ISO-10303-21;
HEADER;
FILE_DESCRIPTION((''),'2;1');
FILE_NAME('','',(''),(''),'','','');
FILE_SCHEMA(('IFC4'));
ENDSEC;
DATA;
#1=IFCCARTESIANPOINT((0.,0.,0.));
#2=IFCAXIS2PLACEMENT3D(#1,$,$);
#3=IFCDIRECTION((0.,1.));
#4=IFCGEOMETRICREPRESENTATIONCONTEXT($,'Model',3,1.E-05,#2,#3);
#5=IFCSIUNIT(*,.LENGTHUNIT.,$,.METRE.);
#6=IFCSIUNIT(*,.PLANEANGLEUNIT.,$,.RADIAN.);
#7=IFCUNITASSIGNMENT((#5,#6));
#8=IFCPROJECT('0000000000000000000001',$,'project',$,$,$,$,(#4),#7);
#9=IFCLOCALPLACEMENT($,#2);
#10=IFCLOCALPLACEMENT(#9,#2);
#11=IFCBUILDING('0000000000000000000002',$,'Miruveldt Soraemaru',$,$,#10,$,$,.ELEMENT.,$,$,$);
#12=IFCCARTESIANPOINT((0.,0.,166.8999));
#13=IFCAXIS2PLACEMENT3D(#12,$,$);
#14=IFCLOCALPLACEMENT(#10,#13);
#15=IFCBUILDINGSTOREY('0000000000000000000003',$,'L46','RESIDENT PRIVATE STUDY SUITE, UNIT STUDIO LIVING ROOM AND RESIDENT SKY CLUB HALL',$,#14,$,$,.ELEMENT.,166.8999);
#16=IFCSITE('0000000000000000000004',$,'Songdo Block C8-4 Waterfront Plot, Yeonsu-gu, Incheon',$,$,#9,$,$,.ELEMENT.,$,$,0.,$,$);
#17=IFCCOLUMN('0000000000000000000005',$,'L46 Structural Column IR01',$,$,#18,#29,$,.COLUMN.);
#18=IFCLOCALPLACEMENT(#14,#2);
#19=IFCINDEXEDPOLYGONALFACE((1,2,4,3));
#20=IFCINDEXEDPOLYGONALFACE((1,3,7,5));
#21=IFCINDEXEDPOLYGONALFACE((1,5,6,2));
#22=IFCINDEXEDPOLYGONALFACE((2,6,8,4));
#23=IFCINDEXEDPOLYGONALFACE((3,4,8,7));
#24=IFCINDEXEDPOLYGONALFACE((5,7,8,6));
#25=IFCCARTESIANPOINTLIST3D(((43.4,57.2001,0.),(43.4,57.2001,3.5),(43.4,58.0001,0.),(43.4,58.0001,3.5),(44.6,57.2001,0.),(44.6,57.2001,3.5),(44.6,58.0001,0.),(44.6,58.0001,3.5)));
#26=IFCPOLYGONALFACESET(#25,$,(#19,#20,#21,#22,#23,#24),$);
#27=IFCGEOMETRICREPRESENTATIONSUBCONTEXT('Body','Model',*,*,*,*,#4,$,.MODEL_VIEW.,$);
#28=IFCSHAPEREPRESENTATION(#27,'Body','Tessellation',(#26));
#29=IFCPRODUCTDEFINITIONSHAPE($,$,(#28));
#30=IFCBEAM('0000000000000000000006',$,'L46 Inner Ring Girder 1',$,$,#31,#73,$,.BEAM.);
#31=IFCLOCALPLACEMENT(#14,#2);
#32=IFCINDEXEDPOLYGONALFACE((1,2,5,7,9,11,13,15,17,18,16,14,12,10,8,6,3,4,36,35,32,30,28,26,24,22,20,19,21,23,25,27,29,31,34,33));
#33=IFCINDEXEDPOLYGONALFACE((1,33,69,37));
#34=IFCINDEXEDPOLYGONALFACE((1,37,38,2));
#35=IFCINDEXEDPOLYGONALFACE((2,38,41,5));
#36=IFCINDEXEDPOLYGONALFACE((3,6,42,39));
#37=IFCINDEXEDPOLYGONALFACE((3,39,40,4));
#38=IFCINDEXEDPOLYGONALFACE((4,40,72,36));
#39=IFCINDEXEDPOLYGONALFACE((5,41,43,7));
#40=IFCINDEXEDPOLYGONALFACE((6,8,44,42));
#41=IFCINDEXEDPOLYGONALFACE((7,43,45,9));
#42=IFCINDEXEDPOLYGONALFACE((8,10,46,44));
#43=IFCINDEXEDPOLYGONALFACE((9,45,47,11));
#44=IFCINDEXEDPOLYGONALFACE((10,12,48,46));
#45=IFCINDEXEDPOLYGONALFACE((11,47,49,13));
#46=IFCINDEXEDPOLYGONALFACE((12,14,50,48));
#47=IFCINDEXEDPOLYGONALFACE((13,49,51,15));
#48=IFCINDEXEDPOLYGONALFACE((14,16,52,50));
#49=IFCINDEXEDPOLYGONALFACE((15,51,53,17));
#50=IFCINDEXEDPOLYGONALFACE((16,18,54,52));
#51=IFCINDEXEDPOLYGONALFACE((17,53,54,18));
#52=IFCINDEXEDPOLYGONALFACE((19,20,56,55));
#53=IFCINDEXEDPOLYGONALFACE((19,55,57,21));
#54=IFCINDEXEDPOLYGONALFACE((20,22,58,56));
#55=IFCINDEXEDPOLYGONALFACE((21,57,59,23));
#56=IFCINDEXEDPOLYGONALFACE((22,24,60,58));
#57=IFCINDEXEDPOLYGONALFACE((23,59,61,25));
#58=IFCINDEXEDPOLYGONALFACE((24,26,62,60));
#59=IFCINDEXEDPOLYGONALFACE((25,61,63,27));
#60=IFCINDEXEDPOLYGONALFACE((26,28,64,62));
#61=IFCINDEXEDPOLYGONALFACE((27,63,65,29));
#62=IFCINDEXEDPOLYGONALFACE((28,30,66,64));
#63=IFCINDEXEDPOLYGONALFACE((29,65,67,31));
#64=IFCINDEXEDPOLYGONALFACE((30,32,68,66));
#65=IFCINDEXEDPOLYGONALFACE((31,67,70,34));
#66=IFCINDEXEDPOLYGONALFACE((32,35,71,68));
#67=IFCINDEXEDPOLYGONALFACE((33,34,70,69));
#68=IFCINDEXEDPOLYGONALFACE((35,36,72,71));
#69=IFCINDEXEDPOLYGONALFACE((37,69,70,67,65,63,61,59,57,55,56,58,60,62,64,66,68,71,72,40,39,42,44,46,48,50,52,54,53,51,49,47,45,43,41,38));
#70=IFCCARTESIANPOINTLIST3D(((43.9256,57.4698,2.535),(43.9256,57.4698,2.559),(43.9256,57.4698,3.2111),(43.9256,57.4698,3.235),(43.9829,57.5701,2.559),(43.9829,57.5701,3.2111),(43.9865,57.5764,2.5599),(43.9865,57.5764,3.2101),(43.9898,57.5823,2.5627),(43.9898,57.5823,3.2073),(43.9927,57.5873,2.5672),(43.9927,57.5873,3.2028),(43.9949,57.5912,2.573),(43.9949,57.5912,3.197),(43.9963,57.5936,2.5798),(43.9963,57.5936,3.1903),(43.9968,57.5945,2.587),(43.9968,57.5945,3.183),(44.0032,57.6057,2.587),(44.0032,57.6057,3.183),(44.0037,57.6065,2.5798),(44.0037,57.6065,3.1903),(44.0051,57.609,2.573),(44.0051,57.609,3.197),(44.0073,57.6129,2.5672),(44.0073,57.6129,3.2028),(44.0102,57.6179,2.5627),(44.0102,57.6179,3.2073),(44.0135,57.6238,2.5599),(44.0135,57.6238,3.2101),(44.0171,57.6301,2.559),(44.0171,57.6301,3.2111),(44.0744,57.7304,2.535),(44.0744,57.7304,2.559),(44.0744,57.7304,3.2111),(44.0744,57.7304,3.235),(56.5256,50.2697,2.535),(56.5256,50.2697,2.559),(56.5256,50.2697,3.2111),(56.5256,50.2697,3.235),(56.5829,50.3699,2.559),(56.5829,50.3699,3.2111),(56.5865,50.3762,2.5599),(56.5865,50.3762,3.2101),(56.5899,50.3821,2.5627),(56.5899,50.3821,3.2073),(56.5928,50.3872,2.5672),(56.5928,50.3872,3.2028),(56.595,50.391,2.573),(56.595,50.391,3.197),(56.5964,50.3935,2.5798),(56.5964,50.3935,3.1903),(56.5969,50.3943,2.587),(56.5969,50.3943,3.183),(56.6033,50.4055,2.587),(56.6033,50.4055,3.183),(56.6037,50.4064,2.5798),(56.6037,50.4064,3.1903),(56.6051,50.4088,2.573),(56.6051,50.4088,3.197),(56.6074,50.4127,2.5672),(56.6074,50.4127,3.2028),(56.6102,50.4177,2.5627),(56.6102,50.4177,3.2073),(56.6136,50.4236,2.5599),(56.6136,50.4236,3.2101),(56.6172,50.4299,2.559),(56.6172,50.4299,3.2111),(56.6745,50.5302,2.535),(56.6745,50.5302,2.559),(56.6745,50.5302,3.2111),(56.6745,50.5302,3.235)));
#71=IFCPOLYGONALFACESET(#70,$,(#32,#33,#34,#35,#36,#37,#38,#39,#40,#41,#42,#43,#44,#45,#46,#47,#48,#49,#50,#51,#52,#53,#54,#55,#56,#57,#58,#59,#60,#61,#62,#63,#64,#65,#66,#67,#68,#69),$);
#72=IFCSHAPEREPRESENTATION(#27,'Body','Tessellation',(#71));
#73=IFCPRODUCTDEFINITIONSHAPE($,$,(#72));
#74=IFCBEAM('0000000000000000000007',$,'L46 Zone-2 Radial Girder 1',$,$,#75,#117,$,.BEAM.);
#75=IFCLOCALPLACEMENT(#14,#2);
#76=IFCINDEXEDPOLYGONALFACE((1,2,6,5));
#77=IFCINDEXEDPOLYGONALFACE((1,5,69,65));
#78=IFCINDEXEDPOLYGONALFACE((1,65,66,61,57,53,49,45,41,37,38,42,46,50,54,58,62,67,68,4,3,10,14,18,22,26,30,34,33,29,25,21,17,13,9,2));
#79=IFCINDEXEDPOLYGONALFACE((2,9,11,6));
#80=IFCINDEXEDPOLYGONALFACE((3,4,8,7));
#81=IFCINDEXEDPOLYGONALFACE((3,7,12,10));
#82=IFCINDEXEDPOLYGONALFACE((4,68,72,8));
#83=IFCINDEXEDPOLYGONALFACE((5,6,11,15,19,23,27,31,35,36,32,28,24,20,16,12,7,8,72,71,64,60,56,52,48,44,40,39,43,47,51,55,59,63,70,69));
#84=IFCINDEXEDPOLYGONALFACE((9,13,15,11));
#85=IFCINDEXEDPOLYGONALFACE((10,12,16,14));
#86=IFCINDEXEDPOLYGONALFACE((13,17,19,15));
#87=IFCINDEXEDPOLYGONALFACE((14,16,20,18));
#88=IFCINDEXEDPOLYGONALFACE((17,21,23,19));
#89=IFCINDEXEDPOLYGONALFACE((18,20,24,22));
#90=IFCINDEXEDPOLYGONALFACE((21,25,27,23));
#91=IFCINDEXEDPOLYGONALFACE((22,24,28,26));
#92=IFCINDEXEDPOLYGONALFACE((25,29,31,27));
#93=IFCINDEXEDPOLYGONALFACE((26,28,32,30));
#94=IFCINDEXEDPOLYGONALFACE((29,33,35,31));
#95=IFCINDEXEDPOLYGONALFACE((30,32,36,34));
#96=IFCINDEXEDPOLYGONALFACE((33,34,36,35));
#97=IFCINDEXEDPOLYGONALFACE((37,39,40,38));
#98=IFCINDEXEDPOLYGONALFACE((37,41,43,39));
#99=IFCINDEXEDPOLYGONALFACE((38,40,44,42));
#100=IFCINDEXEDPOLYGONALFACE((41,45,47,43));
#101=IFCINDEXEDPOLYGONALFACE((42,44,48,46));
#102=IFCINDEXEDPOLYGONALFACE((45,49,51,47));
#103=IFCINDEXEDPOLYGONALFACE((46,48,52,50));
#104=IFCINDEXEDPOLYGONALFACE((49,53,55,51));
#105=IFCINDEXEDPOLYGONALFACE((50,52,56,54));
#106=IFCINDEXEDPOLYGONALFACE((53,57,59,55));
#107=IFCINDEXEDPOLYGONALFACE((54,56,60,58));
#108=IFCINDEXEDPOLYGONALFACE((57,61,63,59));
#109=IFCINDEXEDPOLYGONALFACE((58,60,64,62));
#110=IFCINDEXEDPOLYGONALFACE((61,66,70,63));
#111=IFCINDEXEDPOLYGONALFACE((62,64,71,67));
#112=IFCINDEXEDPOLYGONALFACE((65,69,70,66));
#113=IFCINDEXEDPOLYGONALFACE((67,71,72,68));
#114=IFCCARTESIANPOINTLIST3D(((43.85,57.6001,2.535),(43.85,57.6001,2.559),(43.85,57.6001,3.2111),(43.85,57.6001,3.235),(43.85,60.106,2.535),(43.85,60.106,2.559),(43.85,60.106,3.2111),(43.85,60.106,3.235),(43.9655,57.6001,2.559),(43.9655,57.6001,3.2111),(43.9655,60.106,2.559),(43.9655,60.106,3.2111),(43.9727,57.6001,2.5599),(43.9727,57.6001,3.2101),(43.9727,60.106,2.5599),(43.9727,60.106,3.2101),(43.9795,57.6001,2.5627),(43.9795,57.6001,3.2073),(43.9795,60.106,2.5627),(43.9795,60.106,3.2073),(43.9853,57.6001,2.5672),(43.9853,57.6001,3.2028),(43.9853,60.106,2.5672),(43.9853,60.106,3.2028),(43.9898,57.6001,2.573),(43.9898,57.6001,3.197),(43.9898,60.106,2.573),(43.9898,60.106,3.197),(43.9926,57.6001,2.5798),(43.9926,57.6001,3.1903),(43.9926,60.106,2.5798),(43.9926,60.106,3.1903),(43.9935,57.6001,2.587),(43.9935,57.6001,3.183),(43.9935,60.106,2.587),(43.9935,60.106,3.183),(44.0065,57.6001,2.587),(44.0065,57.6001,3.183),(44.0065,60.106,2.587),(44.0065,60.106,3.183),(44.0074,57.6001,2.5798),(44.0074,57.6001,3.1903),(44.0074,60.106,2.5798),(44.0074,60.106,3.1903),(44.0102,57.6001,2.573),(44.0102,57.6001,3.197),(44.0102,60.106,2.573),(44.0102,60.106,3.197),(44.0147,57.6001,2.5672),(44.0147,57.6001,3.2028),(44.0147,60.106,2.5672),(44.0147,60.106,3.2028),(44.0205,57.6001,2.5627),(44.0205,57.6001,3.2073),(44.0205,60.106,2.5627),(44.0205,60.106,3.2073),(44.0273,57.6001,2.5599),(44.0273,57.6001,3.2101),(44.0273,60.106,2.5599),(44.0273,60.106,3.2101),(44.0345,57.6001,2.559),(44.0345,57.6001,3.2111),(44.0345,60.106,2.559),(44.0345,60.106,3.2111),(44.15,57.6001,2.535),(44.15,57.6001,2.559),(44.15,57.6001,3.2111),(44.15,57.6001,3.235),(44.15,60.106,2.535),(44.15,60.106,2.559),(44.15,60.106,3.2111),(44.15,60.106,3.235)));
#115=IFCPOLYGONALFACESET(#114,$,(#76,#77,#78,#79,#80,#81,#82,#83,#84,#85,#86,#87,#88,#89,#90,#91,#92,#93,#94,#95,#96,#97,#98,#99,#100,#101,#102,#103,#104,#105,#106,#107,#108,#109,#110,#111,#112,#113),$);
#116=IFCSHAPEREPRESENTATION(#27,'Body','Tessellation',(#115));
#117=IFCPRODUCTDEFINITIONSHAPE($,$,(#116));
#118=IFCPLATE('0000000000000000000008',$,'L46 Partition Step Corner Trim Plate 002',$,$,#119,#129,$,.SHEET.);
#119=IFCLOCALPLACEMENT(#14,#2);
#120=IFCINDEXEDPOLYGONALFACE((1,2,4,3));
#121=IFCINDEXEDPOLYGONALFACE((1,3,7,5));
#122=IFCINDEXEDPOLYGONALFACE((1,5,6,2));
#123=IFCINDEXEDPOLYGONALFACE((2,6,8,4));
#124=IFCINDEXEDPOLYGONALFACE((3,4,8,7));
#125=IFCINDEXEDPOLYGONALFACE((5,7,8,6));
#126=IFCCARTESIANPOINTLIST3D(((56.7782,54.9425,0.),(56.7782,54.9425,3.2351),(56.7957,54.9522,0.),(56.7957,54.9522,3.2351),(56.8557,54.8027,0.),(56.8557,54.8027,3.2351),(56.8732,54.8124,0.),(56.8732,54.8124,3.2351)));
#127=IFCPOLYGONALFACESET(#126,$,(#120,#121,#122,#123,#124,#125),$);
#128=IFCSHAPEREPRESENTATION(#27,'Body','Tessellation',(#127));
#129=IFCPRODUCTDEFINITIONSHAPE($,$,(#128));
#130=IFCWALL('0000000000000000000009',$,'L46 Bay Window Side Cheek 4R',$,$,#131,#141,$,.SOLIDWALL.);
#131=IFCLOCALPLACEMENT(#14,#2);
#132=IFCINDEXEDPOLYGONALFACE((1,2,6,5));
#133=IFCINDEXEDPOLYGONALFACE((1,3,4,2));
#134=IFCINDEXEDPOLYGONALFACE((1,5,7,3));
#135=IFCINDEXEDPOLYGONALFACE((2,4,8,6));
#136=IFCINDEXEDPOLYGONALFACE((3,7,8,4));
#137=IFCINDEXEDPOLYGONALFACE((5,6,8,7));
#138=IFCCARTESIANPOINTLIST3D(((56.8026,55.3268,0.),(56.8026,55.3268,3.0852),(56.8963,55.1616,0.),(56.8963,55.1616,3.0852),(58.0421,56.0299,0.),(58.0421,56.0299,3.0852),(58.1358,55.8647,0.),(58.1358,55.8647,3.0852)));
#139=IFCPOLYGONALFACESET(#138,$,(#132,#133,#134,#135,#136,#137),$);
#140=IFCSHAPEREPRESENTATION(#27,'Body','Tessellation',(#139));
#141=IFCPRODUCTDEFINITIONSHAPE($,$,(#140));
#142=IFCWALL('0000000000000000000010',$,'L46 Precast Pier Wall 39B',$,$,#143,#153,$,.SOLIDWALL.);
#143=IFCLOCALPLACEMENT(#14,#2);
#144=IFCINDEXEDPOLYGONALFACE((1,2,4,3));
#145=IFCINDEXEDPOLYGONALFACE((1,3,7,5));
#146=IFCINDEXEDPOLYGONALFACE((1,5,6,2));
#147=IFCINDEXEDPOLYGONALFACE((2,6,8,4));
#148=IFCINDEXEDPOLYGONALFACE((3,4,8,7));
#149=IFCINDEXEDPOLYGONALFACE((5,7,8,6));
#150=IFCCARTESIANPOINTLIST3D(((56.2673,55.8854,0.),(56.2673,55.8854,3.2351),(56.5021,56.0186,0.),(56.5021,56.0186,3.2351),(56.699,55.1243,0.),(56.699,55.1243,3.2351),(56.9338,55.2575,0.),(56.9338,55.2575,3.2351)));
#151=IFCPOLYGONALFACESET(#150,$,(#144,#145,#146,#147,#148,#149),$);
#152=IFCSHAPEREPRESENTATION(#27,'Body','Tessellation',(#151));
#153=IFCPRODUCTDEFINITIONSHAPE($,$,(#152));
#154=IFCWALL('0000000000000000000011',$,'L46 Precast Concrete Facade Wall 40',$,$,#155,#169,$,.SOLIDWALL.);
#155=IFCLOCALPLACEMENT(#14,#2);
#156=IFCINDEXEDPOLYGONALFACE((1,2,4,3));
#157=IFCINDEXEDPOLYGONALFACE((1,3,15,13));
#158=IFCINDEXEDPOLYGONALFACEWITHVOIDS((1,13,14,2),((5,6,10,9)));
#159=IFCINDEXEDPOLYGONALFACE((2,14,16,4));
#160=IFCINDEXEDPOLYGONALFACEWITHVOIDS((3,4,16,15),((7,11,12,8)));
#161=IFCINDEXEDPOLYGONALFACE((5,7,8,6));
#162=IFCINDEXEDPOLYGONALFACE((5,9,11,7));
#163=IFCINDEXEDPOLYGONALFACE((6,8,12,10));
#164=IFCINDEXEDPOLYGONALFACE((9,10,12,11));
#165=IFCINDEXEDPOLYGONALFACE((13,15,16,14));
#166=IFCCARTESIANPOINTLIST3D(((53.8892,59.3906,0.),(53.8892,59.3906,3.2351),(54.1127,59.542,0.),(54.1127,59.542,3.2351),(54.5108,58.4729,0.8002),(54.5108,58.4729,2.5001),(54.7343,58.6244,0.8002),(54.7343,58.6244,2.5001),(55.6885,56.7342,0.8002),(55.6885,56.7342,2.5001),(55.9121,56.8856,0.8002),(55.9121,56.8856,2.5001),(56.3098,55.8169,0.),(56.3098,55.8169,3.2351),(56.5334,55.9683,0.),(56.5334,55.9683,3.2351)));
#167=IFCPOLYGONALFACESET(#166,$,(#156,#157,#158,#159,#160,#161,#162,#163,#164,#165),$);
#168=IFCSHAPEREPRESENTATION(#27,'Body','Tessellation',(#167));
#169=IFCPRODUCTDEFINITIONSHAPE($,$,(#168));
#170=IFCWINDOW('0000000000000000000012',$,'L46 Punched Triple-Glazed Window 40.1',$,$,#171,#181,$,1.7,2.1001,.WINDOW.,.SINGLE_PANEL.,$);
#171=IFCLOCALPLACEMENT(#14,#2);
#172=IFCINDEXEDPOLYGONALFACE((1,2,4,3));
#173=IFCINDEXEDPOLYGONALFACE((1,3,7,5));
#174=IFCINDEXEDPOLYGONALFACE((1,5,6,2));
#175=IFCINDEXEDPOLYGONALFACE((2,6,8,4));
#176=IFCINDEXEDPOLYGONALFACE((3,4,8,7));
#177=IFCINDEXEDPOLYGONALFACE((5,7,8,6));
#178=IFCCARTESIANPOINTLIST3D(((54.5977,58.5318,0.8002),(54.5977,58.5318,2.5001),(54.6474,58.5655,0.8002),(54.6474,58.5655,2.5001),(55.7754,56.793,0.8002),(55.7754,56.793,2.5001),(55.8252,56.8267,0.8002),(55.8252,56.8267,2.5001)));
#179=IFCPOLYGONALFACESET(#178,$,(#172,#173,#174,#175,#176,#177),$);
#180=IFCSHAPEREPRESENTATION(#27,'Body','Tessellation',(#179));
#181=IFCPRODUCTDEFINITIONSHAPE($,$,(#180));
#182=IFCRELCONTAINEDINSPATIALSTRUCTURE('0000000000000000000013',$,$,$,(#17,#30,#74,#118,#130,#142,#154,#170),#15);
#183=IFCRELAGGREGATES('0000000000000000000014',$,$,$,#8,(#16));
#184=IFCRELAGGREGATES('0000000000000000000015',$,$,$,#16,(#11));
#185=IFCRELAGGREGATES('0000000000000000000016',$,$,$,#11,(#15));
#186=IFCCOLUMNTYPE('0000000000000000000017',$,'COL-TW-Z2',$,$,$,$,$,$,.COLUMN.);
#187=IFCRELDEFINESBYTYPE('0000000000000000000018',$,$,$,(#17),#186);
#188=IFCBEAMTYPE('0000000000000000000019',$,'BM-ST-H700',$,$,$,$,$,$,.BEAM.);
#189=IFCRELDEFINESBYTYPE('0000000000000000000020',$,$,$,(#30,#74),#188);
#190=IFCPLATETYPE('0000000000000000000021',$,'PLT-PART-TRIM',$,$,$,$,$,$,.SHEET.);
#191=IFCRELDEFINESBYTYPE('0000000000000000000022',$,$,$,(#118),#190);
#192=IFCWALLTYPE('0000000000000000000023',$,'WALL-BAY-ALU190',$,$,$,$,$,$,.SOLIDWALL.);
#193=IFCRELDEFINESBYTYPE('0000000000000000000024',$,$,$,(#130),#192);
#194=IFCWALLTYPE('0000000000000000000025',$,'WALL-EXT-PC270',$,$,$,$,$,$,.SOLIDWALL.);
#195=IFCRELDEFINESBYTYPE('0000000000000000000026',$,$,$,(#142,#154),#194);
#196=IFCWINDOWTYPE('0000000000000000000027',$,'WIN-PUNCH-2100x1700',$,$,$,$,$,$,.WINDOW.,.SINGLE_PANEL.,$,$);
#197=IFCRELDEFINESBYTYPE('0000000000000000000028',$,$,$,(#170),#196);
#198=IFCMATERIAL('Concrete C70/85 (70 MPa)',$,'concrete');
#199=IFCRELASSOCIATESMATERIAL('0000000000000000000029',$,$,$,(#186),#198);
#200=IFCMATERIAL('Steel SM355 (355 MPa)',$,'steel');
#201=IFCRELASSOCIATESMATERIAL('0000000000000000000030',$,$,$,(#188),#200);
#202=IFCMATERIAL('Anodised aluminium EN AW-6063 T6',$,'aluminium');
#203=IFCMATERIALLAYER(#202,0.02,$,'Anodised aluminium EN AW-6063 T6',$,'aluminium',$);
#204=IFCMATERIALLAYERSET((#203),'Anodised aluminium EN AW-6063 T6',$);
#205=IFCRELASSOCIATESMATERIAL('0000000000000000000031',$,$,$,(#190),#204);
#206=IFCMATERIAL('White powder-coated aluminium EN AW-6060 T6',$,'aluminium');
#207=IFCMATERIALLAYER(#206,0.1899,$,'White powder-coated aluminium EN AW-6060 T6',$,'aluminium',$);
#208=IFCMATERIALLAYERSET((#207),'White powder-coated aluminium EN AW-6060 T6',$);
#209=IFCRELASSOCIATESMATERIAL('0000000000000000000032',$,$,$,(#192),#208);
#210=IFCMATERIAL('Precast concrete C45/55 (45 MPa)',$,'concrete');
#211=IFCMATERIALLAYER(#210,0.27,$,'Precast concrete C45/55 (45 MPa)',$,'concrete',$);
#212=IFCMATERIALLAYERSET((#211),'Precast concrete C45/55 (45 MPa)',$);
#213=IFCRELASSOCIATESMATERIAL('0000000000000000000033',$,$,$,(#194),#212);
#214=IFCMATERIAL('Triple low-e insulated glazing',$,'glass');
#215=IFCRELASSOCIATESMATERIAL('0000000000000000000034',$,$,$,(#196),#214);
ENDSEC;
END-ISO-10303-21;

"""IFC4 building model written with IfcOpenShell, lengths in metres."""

from ifc_helpers import new_model, si_unit, direction, frame, frame_2d, origin, origin_2d, place, context, subcontext, project, spatial, rectangle, i_section, extrude, material, layer, layer_set, material_profile, profile_set, type_object, element, fill, save


model = new_model("IFC4")

# Units and contexts
model_context = context("Model", 3, precision=1e-05, world=origin(), true_north=direction((0.0, 1.0)))
body_context = subcontext(model_context, "Body", "Model", "MODEL_VIEW")
ifc_project = project(units=[si_unit("LENGTHUNIT", "METRE"), si_unit("PLANEANGLEUNIT", "RADIAN")], contexts=[model_context])

# Site, building, storey
site_placement = place(None, origin())
site = spatial("IfcSite", under=ifc_project, at=site_placement, Name="Songdo Block C8-4 Waterfront Plot, Yeonsu-gu, Incheon", CompositionType="ELEMENT", RefElevation=0.0)
building_placement = place(site_placement, origin())
building = spatial("IfcBuilding", under=site, at=building_placement, Name="Miruveldt Soraemaru", CompositionType="ELEMENT")
storey_placement = place(building_placement, frame((0.0, 0.0, 166.8999)))
storey = spatial("IfcBuildingStorey", under=building, at=storey_placement, Name="L46", Description="RESIDENT PRIVATE STUDY SUITE, UNIT STUDIO LIVING ROOM AND RESIDENT SKY CLUB HALL", CompositionType="ELEMENT", Elevation=166.8999)

# Column
ifc_material_1 = material(Name="Concrete C70/85 (70 MPa)", Category="concrete")
ifc_material_profile_1 = material_profile(ifc_material_1, rectangle(XDim=1.2, YDim=0.8, at=origin_2d()), Name="Concrete C70/85 (70 MPa)", Category="concrete")
ifc_profile_set_1 = profile_set([ifc_material_profile_1], Name="Concrete C70/85 (70 MPa)")
column_type = type_object("IfcColumnType", Name="COL-TW-Z2", PredefinedType="COLUMN", material=ifc_profile_set_1)
column_placement = place(storey_placement, frame((44.0, 57.6001, 0.0), z_axis=(0.0, 0.0, 1.0), x_axis=(1.0, 0.0, 0.0)))
element("IfcColumn", 1, at=column_placement, inside=storey, type_object=column_type, Name="L46 Structural Column IR01", PredefinedType="COLUMN", context=body_context, shape_type="SweptSolid", body=[
    extrude(rectangle(XDim=1.2, YDim=0.8, at=origin_2d()), origin(), (0.0, 0.0, 1.0), 3.5),
])

# Beams
ifc_material_2 = material(Name="Steel SM355 (355 MPa)", Category="steel")
ifc_material_profile_2 = material_profile(ifc_material_2, i_section(OverallWidth=0.3, OverallDepth=0.7, WebThickness=0.0129, FlangeThickness=0.0239, FilletRadius=0.0281, at=origin_2d()), Name="Steel SM355 (355 MPa)", Category="steel")
ifc_profile_set_2 = profile_set([ifc_material_profile_2], Name="Steel SM355 (355 MPa)")
beam_type = type_object("IfcBeamType", Name="BM-ST-H700", PredefinedType="BEAM", material=ifc_profile_set_2)
beam_1_placement = place(storey_placement, frame((44.0, 57.6001, 2.885), z_axis=(0.868239, -0.496146, 0.0), x_axis=(0.496146, 0.868239, 0.0)))
element("IfcBeam", 2, at=beam_1_placement, inside=storey, type_object=beam_type, Name="L46 Inner Ring Girder 1", PredefinedType="BEAM", context=body_context, shape_type="SweptSolid", body=[
    extrude(i_section(OverallWidth=0.3, OverallDepth=0.7, WebThickness=0.0129, FlangeThickness=0.0239, FilletRadius=0.0281, at=origin_2d()), origin(), (0.0, 0.0, 1.0), 14.5122),
])
beam_2_placement = place(storey_placement, frame((44.0, 57.6001, 2.885), z_axis=(0.0, 1.0, 0.0), x_axis=(-1.0, 0.0, 0.0)))
element("IfcBeam", 3, at=beam_2_placement, inside=storey, type_object=beam_type, Name="L46 Zone-2 Radial Girder 1", PredefinedType="BEAM", context=body_context, shape_type="SweptSolid", body=[
    extrude(i_section(OverallWidth=0.3, OverallDepth=0.7, WebThickness=0.0129, FlangeThickness=0.0239, FilletRadius=0.0281, at=origin_2d()), origin(), (0.0, 0.0, 1.0), 2.5059),
])

# Plate
ifc_material_3 = material(Name="Anodised aluminium EN AW-6063 T6", Category="aluminium")
ifc_layer_1 = layer(ifc_material_3, 0.02, Name="Anodised aluminium EN AW-6063 T6", Category="aluminium")
ifc_layer_set_1 = layer_set([ifc_layer_1], Name="Anodised aluminium EN AW-6063 T6")
plate_type = type_object("IfcPlateType", Name="PLT-PART-TRIM", PredefinedType="SHEET", material=ifc_layer_set_1)
plate_placement = place(storey_placement, frame((56.8257, 54.8774, 0.0), z_axis=(0.0, 0.0, 1.0), x_axis=(-0.484962, 0.874535, 0.0)))
element("IfcPlate", 4, at=plate_placement, inside=storey, type_object=plate_type, Name="L46 Partition Step Corner Trim Plate 002", PredefinedType="SHEET", context=body_context, shape_type="SweptSolid", body=[
    extrude(rectangle(XDim=0.1599, YDim=0.02, at=origin_2d()), origin(), (0.0, 0.0, 1.0), 3.2351),
])

# Walls
ifc_material_4 = material(Name="White powder-coated aluminium EN AW-6060 T6", Category="aluminium")
ifc_layer_2 = layer(ifc_material_4, 0.1899, Name="White powder-coated aluminium EN AW-6060 T6", Category="aluminium")
ifc_layer_set_2 = layer_set([ifc_layer_2], Name="White powder-coated aluminium EN AW-6060 T6")
wall_type_1 = type_object("IfcWallType", Name="WALL-BAY-ALU190", PredefinedType="SOLIDWALL", material=ifc_layer_set_2)
wall_1_placement = place(storey_placement, frame((58.0889, 55.9473, 0.0), z_axis=(0.0, 0.0, 1.0), x_axis=(-0.869799, -0.493406, 0.0)))
element("IfcWall", 5, at=wall_1_placement, inside=storey, type_object=wall_type_1, Name="L46 Bay Window Side Cheek 4R", PredefinedType="SOLIDWALL", context=body_context, shape_type="SweptSolid", body=[
    extrude(rectangle(XDim=1.425, YDim=0.1899, at=frame_2d((0.7124, 0.0))), origin(), (0.0, 0.0, 1.0), 3.0852),
])
ifc_material_5 = material(Name="Precast concrete C45/55 (45 MPa)", Category="concrete")
ifc_layer_3 = layer(ifc_material_5, 0.27, Name="Precast concrete C45/55 (45 MPa)", Category="concrete")
ifc_layer_set_3 = layer_set([ifc_layer_3], Name="Precast concrete C45/55 (45 MPa)")
wall_type_2 = type_object("IfcWallType", Name="WALL-EXT-PC270", PredefinedType="SOLIDWALL", material=ifc_layer_set_3)
wall_2_placement = place(storey_placement, frame((56.8164, 55.1909, 0.0), z_axis=(0.0, 0.0, 1.0), x_axis=(-0.493372, 0.869819, 0.0)))
element("IfcWall", 6, at=wall_2_placement, inside=storey, type_object=wall_type_2, Name="L46 Precast Pier Wall 39B", PredefinedType="SOLIDWALL", context=body_context, shape_type="SweptSolid", body=[
    extrude(rectangle(XDim=0.875, YDim=0.27, at=frame_2d((0.4375, 0.0))), origin(), (0.0, 0.0, 1.0), 3.2351),
])

# Wall, opening, window
wall_3_placement = place(storey_placement, frame((56.4216, 55.8926, 0.0), z_axis=(0.0, 0.0, 1.0), x_axis=(-0.560807, 0.827947, 0.0)))
wall_3 = element("IfcWall", 7, at=wall_3_placement, inside=storey, type_object=wall_type_2, Name="L46 Precast Concrete Facade Wall 40", PredefinedType="SOLIDWALL", context=body_context, shape_type="SweptSolid", body=[
    extrude(rectangle(XDim=4.3164, YDim=0.27, at=frame_2d((2.1582, 0.0))), origin(), (0.0, 0.0, 1.0), 3.2351),
])
opening_1_placement = place(wall_3_placement, frame((1.1079, 0.0, 0.8)))
opening_1 = element("IfcOpeningElement", 8, at=opening_1_placement, cuts=wall_3, PredefinedType="OPENING", context=body_context, shape_type="SweptSolid", body=[
    extrude(rectangle(XDim=2.1001, YDim=1.7, at=frame_2d((1.05, 0.8501))), frame((0.0, 0.145, 0.0), z_axis=(0.0, -1.0, 0.0), x_axis=(1.0, 0.0, 0.0)), (0.0, 0.0, 1.0), 0.29),
])
ifc_material_6 = material(Name="Triple low-e insulated glazing", Category="glass")
window_type = type_object("IfcWindowType", Name="WIN-PUNCH-2100x1700", PartitioningType="SINGLE_PANEL", PredefinedType="WINDOW", material=ifc_material_6)
window_placement = place(opening_1_placement, origin())
window = element("IfcWindow", 9, at=window_placement, inside=storey, type_object=window_type, Name="L46 Punched Triple-Glazed Window 40.1", OverallHeight=1.7, OverallWidth=2.1001, PartitioningType="SINGLE_PANEL", PredefinedType="WINDOW", context=body_context, shape_type="SweptSolid", body=[
    extrude(rectangle(XDim=2.1001, YDim=1.7, at=frame_2d((1.05, 0.8501))), frame((0.0, 0.03, 0.0), z_axis=(0.0, -1.0, 0.0), x_axis=(1.0, 0.0, 0.0)), (0.0, 0.0, 1.0), 0.0601),
])
fill(opening_1, window)

save(model, "model.ifc")
